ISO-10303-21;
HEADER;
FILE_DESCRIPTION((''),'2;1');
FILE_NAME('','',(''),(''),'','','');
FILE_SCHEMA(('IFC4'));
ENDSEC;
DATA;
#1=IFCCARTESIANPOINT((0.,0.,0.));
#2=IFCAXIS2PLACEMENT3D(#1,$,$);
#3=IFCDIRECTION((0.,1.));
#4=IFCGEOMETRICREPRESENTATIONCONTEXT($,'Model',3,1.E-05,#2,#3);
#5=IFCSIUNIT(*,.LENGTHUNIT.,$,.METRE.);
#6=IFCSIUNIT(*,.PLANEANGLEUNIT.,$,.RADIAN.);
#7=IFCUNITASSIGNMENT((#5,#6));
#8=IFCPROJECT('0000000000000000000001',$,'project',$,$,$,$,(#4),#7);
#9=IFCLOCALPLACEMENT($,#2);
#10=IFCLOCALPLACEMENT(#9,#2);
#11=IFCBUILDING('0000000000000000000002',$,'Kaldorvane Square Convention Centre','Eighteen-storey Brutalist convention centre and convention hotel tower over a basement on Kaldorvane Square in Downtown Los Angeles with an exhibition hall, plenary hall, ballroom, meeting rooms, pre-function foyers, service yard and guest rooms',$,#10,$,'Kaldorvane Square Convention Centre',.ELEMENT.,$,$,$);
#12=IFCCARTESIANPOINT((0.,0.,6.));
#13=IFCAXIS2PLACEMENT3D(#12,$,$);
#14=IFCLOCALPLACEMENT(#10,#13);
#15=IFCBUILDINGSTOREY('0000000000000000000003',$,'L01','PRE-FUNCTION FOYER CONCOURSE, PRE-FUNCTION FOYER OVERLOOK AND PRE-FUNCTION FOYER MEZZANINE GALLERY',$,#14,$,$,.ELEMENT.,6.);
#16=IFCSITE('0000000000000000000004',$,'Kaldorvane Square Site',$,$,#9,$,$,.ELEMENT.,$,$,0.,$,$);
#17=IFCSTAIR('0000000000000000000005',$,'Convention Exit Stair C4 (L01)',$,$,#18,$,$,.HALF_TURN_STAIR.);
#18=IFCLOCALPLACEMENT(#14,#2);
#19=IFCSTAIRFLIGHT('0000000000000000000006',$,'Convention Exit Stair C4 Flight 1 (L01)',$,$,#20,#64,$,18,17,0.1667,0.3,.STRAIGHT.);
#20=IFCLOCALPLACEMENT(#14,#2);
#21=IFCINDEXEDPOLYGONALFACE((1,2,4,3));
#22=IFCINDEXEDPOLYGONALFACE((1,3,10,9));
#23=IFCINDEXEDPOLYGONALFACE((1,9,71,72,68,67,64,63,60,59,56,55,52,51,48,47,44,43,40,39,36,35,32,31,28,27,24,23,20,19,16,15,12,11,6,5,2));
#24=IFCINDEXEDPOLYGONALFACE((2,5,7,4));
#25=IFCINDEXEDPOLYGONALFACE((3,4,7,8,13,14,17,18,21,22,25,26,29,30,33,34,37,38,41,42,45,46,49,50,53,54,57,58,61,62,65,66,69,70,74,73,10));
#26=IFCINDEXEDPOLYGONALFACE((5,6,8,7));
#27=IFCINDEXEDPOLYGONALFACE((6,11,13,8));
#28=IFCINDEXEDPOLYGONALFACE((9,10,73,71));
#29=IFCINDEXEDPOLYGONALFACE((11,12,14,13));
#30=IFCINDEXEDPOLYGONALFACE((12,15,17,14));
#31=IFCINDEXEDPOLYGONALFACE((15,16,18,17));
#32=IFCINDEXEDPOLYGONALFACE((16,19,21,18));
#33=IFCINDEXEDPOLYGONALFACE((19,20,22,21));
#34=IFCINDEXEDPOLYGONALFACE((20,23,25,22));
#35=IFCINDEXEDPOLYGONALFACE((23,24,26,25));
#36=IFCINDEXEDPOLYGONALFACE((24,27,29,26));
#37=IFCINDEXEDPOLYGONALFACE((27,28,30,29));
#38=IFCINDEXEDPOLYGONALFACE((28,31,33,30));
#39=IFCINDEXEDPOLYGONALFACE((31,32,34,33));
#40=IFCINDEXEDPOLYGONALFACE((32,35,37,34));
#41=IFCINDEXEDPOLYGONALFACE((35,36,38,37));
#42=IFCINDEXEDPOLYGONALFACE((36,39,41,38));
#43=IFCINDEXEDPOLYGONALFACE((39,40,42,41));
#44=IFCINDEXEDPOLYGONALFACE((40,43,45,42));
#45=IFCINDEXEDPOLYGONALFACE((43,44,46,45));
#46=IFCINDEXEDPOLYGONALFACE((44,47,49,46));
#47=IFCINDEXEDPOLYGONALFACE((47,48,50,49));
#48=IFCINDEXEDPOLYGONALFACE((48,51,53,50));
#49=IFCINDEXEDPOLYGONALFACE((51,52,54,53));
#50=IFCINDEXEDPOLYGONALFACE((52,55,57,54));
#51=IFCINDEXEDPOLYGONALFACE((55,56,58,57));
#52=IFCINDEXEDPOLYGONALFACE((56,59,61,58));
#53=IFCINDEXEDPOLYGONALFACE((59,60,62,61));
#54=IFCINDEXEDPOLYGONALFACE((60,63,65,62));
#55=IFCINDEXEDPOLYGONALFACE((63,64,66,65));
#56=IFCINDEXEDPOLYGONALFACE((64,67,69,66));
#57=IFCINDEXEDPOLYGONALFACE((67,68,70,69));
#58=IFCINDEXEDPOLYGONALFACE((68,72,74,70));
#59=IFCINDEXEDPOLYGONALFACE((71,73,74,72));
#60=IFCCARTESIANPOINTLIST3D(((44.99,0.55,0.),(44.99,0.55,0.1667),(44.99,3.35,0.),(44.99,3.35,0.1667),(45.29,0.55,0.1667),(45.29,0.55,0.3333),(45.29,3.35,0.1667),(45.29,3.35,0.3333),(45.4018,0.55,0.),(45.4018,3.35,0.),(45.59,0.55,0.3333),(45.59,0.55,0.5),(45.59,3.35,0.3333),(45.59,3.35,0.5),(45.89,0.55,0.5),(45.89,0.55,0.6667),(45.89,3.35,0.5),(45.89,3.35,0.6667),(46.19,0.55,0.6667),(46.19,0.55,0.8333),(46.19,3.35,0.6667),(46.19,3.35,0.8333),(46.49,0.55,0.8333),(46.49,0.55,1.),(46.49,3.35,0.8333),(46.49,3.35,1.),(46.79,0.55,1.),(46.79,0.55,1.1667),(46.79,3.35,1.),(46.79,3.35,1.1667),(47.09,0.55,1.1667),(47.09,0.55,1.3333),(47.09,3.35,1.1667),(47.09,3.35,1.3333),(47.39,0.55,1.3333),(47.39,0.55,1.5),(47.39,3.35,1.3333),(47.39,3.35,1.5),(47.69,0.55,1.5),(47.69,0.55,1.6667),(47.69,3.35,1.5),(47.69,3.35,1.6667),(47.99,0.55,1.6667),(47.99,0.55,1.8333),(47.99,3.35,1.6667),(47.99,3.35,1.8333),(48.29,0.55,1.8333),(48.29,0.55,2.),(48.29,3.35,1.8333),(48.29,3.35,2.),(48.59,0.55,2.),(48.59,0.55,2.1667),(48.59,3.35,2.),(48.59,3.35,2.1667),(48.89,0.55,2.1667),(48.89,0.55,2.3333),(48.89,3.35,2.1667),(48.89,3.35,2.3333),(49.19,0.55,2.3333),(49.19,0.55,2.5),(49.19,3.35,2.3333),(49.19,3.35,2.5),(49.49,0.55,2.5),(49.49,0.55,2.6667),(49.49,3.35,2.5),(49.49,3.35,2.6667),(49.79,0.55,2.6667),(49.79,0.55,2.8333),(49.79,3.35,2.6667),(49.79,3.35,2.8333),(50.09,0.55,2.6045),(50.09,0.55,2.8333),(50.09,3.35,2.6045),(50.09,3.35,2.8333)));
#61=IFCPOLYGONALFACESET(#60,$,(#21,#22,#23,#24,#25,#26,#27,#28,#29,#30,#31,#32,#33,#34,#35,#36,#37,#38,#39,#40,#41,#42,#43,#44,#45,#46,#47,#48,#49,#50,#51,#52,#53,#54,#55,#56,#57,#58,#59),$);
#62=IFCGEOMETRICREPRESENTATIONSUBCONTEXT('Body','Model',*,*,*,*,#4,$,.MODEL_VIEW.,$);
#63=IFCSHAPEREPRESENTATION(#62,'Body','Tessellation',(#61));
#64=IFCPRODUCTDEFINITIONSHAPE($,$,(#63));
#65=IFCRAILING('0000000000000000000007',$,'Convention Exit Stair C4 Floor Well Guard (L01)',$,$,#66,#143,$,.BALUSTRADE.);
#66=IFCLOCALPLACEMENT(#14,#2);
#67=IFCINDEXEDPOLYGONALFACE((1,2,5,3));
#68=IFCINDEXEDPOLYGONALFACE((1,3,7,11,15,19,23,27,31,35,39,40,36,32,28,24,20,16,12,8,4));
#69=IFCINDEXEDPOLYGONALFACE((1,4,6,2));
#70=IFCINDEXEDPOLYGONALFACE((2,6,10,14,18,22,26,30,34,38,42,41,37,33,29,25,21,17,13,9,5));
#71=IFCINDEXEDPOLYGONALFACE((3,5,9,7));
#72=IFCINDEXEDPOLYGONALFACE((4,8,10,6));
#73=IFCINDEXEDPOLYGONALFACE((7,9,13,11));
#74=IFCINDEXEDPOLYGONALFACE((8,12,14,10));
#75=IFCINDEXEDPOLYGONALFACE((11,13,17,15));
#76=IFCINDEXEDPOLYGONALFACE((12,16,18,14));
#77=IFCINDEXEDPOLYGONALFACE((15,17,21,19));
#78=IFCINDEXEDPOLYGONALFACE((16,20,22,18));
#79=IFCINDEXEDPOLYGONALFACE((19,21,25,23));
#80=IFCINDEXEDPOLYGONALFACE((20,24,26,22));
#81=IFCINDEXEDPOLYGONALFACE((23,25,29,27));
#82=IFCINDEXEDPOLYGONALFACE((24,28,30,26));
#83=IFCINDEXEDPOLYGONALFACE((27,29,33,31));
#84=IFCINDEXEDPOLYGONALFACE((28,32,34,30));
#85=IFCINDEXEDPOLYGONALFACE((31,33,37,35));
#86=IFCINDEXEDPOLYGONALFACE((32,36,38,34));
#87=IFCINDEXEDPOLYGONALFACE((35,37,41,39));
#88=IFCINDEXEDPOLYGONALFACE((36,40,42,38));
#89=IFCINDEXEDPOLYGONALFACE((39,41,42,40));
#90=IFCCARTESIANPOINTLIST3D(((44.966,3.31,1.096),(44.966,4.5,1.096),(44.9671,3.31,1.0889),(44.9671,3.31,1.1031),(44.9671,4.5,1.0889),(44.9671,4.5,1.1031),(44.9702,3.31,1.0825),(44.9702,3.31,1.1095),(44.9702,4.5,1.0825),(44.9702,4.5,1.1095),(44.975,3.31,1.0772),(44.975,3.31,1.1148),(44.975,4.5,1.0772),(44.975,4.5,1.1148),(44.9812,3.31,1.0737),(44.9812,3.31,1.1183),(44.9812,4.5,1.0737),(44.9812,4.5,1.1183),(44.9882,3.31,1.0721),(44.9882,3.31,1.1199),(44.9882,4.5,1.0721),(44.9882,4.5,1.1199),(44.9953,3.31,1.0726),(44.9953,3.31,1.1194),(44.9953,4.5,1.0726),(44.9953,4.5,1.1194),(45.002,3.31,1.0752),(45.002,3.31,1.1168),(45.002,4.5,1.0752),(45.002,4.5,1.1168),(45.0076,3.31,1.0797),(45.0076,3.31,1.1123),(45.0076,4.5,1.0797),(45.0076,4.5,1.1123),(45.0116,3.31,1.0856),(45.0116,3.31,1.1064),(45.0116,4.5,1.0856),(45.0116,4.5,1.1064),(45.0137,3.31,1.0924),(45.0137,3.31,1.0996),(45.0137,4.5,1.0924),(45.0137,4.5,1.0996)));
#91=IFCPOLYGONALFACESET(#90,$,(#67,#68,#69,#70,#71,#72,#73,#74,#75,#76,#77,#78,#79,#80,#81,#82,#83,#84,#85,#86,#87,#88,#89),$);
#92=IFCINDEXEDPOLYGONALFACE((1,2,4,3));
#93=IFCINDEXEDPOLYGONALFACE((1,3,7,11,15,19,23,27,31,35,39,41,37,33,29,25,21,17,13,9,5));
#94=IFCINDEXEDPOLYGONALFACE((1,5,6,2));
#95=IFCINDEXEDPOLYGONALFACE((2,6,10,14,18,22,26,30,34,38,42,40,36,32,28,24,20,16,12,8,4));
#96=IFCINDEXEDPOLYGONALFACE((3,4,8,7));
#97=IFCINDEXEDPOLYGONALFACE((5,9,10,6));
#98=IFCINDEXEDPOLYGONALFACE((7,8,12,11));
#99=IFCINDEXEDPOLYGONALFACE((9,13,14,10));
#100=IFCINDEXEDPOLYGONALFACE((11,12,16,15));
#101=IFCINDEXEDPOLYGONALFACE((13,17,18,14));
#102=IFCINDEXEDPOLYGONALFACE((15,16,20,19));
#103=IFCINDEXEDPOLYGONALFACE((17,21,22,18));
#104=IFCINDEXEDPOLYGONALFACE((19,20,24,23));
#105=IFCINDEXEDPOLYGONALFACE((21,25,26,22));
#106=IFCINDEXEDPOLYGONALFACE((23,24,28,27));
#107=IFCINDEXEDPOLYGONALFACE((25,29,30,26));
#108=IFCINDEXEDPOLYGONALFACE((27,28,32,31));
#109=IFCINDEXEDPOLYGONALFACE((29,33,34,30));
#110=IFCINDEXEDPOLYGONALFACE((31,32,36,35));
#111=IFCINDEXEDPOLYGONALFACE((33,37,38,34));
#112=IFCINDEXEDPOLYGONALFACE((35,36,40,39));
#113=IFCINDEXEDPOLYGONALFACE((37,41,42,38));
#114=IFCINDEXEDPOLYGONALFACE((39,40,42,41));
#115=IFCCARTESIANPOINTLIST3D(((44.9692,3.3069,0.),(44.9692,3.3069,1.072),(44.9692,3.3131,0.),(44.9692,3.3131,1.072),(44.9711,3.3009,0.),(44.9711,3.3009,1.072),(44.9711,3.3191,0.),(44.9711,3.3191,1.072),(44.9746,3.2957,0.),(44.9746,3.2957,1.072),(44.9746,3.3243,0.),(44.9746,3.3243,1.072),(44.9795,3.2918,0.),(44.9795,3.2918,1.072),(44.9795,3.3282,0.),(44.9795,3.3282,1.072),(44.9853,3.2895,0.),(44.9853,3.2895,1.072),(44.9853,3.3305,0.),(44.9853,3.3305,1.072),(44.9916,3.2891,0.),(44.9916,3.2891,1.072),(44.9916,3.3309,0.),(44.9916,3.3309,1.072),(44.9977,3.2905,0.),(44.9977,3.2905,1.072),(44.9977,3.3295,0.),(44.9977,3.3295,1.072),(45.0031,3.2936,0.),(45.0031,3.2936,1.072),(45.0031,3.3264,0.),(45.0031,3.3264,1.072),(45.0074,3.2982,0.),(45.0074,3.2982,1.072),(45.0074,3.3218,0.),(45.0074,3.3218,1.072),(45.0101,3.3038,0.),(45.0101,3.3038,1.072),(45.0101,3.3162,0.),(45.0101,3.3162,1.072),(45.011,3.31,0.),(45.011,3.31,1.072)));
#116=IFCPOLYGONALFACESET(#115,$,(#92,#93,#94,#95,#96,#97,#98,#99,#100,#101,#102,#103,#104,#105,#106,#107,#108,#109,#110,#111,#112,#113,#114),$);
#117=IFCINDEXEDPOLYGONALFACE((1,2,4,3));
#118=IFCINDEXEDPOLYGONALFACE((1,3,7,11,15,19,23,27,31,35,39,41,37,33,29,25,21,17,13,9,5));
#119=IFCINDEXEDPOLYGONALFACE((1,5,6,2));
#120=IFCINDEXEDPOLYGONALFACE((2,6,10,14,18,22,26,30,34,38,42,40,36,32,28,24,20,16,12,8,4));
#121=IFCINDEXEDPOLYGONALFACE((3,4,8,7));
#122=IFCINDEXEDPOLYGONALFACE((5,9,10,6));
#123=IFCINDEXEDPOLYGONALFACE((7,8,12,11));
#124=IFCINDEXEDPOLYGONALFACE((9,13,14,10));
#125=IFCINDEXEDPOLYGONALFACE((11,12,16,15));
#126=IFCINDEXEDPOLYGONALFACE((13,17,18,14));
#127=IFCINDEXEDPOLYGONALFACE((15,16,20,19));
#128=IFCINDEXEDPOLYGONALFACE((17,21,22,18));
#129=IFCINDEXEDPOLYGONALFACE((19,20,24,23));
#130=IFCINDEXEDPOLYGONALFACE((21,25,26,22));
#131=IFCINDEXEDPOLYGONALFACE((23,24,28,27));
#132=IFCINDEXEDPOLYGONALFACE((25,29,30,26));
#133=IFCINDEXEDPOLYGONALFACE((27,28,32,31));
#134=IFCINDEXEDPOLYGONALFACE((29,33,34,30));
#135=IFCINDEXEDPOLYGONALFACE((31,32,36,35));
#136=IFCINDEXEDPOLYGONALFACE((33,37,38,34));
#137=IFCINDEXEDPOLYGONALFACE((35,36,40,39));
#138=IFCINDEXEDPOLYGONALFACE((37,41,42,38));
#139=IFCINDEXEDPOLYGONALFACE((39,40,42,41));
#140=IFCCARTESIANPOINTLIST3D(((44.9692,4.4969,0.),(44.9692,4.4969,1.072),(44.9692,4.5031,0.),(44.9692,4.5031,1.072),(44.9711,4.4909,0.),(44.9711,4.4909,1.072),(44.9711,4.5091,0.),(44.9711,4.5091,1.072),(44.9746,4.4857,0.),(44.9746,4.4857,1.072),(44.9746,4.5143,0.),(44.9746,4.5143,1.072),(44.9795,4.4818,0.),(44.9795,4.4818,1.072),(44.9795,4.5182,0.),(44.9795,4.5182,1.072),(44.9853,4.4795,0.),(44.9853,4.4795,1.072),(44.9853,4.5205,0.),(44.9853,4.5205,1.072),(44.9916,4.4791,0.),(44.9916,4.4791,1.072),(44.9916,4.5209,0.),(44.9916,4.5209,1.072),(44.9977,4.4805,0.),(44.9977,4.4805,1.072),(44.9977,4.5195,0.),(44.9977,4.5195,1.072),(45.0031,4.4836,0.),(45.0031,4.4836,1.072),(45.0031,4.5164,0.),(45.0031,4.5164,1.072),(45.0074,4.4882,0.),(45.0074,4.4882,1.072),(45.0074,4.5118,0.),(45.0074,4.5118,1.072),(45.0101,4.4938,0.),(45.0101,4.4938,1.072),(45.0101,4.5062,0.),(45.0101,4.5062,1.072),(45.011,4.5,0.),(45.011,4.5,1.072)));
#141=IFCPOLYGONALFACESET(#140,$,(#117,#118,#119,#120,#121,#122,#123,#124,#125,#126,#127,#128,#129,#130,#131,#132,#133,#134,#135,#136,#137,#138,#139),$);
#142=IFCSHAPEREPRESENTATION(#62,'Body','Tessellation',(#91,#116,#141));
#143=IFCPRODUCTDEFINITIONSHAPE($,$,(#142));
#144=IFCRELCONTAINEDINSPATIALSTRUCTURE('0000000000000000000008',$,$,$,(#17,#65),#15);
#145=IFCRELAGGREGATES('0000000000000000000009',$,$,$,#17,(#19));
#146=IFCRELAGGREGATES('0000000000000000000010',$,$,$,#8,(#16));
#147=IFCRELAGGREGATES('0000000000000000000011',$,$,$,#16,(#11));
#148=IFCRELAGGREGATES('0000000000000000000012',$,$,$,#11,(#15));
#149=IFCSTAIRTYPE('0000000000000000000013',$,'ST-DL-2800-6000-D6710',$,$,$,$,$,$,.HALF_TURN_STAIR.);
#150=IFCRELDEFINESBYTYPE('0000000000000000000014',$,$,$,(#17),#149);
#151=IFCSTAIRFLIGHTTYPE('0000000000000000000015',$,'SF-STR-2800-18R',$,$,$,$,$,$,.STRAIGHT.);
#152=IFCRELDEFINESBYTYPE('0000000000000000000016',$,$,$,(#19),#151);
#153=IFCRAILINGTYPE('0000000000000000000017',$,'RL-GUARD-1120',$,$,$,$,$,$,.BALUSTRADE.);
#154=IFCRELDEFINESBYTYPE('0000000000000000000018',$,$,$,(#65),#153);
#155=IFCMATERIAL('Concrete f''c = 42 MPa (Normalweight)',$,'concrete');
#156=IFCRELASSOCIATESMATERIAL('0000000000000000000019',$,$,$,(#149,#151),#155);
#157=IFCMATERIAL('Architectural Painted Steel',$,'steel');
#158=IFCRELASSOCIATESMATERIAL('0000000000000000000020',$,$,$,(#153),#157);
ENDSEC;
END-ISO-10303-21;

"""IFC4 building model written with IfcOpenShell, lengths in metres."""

from ifc_helpers import new_model, si_unit, direction, frame, origin, origin_2d, place, context, subcontext, project, spatial, polyline, circle, outline, extrude, material, type_object, element, aggregate, save


model = new_model("IFC4")

# Units and contexts
model_context = context("Model", 3, precision=1e-05, world=origin(), true_north=direction((0.0, 1.0)))
body_context = subcontext(model_context, "Body", "Model", "MODEL_VIEW")
ifc_project = project(units=[si_unit("LENGTHUNIT", "METRE"), si_unit("PLANEANGLEUNIT", "RADIAN")], contexts=[model_context])

# Site, building, storey
site_placement = place(None, origin())
site = spatial("IfcSite", under=ifc_project, at=site_placement, Name="Kaldorvane Square Site", CompositionType="ELEMENT", RefElevation=0.0)
building_placement = place(site_placement, origin())
building = spatial("IfcBuilding", under=site, at=building_placement, Name="Kaldorvane Square Convention Centre", Description="Eighteen-storey Brutalist convention centre and convention hotel tower over a basement on Kaldorvane Square in Downtown Los Angeles with an exhibition hall, plenary hall, ballroom, meeting rooms, pre-function foyers, service yard and guest rooms", LongName="Kaldorvane Square Convention Centre", CompositionType="ELEMENT")
storey_placement = place(building_placement, frame((0.0, 0.0, 6.0)))
storey = spatial("IfcBuildingStorey", under=building, at=storey_placement, Name="L01", Description="PRE-FUNCTION FOYER CONCOURSE, PRE-FUNCTION FOYER OVERLOOK AND PRE-FUNCTION FOYER MEZZANINE GALLERY", CompositionType="ELEMENT", Elevation=6.0)

# Stair, stair flight
ifc_material_1 = material(Name="Concrete f'c = 42 MPa (Normalweight)", Category="concrete")
stair_type = type_object("IfcStairType", Name="ST-DL-2800-6000-D6710", PredefinedType="HALF_TURN_STAIR", material=ifc_material_1)
stair_placement = place(storey_placement, origin())
stair = element("IfcStair", 1, at=stair_placement, inside=storey, type_object=stair_type, Name="Convention Exit Stair C4 (L01)", PredefinedType="HALF_TURN_STAIR")
stair_flight_type = type_object("IfcStairFlightType", Name="SF-STR-2800-18R", PredefinedType="STRAIGHT", material=ifc_material_1)
stair_flight_placement = place(storey_placement, frame((44.99, 1.95, 0.0), z_axis=(0.0, 0.0, 1.0), x_axis=(1.0, 0.0, 0.0)))
stair_flight = element("IfcStairFlight", 2, at=stair_flight_placement, type_object=stair_flight_type, Name="Convention Exit Stair C4 Flight 1 (L01)", NumberOfRisers=18, NumberOfTreads=17, PredefinedType="STRAIGHT", RiserHeight=0.1667, TreadLength=0.3, context=body_context, shape_type="SweptSolid", body=[
    extrude(outline(polyline([(0.0, 0.0), (0.0, 0.1667), (0.3, 0.1667), (0.3, 0.3333), (0.6, 0.3333), (0.6, 0.5), (0.9, 0.5), (0.9, 0.6667), (1.2, 0.6667), (1.2, 0.8333), (1.5, 0.8333), (1.5, 1.0), (1.8, 1.0), (1.8, 1.1667), (2.1, 1.1667), (2.1, 1.3333), (2.4, 1.3333), (2.4, 1.5), (2.7, 1.5), (2.7, 1.6667), (3.0, 1.6667), (3.0, 1.8333), (3.3, 1.8333), (3.3, 2.0), (3.6, 2.0), (3.6, 2.1667), (3.9, 2.1667), (3.9, 2.3333), (4.2, 2.3333), (4.2, 2.5), (4.5, 2.5), (4.5, 2.6667), (4.8, 2.6667), (4.8, 2.8333), (5.1, 2.8333), (5.1, 3.0), (5.1, 2.6045), (0.4118, 0.0), (0.0, 0.0)])), frame((0.0, 1.4, 0.0), z_axis=(0.0, -1.0, 0.0), x_axis=(1.0, 0.0, 0.0)), (0.0, 0.0, 1.0), 2.8),
])
aggregate(stair, [stair_flight])

# Railing
ifc_material_2 = material(Name="Architectural Painted Steel", Category="steel")
railing_type_1 = type_object("IfcRailingType", Name="RL-GUARD-1120", PredefinedType="BALUSTRADE", material=ifc_material_2)
for number, where, name in (
    (3, (44.99, 3.31, 0.0), "Convention Exit Stair C4 Floor Well Guard (L01)"),
):
    element("IfcRailing", number, at=place(storey_placement, frame(where)), inside=storey, type_object=railing_type_1, Name=name, PredefinedType="BALUSTRADE", context=body_context, shape_type="SweptSolid", body=[
        extrude(circle(Radius=0.024, at=origin_2d()), frame((0.0, 0.0, 1.096), z_axis=(0.0, 1.0, 0.0), x_axis=(-1.0, 0.0, 0.0)), (0.0, 0.0, 1.0), 1.19),
        extrude(circle(Radius=0.021, at=origin_2d()), origin(), (0.0, 0.0, 1.0), 1.072),
        extrude(circle(Radius=0.021, at=origin_2d()), frame((0.0, 1.19, 0.0)), (0.0, 0.0, 1.0), 1.072),
    ])

save(model, "model.ifc")
